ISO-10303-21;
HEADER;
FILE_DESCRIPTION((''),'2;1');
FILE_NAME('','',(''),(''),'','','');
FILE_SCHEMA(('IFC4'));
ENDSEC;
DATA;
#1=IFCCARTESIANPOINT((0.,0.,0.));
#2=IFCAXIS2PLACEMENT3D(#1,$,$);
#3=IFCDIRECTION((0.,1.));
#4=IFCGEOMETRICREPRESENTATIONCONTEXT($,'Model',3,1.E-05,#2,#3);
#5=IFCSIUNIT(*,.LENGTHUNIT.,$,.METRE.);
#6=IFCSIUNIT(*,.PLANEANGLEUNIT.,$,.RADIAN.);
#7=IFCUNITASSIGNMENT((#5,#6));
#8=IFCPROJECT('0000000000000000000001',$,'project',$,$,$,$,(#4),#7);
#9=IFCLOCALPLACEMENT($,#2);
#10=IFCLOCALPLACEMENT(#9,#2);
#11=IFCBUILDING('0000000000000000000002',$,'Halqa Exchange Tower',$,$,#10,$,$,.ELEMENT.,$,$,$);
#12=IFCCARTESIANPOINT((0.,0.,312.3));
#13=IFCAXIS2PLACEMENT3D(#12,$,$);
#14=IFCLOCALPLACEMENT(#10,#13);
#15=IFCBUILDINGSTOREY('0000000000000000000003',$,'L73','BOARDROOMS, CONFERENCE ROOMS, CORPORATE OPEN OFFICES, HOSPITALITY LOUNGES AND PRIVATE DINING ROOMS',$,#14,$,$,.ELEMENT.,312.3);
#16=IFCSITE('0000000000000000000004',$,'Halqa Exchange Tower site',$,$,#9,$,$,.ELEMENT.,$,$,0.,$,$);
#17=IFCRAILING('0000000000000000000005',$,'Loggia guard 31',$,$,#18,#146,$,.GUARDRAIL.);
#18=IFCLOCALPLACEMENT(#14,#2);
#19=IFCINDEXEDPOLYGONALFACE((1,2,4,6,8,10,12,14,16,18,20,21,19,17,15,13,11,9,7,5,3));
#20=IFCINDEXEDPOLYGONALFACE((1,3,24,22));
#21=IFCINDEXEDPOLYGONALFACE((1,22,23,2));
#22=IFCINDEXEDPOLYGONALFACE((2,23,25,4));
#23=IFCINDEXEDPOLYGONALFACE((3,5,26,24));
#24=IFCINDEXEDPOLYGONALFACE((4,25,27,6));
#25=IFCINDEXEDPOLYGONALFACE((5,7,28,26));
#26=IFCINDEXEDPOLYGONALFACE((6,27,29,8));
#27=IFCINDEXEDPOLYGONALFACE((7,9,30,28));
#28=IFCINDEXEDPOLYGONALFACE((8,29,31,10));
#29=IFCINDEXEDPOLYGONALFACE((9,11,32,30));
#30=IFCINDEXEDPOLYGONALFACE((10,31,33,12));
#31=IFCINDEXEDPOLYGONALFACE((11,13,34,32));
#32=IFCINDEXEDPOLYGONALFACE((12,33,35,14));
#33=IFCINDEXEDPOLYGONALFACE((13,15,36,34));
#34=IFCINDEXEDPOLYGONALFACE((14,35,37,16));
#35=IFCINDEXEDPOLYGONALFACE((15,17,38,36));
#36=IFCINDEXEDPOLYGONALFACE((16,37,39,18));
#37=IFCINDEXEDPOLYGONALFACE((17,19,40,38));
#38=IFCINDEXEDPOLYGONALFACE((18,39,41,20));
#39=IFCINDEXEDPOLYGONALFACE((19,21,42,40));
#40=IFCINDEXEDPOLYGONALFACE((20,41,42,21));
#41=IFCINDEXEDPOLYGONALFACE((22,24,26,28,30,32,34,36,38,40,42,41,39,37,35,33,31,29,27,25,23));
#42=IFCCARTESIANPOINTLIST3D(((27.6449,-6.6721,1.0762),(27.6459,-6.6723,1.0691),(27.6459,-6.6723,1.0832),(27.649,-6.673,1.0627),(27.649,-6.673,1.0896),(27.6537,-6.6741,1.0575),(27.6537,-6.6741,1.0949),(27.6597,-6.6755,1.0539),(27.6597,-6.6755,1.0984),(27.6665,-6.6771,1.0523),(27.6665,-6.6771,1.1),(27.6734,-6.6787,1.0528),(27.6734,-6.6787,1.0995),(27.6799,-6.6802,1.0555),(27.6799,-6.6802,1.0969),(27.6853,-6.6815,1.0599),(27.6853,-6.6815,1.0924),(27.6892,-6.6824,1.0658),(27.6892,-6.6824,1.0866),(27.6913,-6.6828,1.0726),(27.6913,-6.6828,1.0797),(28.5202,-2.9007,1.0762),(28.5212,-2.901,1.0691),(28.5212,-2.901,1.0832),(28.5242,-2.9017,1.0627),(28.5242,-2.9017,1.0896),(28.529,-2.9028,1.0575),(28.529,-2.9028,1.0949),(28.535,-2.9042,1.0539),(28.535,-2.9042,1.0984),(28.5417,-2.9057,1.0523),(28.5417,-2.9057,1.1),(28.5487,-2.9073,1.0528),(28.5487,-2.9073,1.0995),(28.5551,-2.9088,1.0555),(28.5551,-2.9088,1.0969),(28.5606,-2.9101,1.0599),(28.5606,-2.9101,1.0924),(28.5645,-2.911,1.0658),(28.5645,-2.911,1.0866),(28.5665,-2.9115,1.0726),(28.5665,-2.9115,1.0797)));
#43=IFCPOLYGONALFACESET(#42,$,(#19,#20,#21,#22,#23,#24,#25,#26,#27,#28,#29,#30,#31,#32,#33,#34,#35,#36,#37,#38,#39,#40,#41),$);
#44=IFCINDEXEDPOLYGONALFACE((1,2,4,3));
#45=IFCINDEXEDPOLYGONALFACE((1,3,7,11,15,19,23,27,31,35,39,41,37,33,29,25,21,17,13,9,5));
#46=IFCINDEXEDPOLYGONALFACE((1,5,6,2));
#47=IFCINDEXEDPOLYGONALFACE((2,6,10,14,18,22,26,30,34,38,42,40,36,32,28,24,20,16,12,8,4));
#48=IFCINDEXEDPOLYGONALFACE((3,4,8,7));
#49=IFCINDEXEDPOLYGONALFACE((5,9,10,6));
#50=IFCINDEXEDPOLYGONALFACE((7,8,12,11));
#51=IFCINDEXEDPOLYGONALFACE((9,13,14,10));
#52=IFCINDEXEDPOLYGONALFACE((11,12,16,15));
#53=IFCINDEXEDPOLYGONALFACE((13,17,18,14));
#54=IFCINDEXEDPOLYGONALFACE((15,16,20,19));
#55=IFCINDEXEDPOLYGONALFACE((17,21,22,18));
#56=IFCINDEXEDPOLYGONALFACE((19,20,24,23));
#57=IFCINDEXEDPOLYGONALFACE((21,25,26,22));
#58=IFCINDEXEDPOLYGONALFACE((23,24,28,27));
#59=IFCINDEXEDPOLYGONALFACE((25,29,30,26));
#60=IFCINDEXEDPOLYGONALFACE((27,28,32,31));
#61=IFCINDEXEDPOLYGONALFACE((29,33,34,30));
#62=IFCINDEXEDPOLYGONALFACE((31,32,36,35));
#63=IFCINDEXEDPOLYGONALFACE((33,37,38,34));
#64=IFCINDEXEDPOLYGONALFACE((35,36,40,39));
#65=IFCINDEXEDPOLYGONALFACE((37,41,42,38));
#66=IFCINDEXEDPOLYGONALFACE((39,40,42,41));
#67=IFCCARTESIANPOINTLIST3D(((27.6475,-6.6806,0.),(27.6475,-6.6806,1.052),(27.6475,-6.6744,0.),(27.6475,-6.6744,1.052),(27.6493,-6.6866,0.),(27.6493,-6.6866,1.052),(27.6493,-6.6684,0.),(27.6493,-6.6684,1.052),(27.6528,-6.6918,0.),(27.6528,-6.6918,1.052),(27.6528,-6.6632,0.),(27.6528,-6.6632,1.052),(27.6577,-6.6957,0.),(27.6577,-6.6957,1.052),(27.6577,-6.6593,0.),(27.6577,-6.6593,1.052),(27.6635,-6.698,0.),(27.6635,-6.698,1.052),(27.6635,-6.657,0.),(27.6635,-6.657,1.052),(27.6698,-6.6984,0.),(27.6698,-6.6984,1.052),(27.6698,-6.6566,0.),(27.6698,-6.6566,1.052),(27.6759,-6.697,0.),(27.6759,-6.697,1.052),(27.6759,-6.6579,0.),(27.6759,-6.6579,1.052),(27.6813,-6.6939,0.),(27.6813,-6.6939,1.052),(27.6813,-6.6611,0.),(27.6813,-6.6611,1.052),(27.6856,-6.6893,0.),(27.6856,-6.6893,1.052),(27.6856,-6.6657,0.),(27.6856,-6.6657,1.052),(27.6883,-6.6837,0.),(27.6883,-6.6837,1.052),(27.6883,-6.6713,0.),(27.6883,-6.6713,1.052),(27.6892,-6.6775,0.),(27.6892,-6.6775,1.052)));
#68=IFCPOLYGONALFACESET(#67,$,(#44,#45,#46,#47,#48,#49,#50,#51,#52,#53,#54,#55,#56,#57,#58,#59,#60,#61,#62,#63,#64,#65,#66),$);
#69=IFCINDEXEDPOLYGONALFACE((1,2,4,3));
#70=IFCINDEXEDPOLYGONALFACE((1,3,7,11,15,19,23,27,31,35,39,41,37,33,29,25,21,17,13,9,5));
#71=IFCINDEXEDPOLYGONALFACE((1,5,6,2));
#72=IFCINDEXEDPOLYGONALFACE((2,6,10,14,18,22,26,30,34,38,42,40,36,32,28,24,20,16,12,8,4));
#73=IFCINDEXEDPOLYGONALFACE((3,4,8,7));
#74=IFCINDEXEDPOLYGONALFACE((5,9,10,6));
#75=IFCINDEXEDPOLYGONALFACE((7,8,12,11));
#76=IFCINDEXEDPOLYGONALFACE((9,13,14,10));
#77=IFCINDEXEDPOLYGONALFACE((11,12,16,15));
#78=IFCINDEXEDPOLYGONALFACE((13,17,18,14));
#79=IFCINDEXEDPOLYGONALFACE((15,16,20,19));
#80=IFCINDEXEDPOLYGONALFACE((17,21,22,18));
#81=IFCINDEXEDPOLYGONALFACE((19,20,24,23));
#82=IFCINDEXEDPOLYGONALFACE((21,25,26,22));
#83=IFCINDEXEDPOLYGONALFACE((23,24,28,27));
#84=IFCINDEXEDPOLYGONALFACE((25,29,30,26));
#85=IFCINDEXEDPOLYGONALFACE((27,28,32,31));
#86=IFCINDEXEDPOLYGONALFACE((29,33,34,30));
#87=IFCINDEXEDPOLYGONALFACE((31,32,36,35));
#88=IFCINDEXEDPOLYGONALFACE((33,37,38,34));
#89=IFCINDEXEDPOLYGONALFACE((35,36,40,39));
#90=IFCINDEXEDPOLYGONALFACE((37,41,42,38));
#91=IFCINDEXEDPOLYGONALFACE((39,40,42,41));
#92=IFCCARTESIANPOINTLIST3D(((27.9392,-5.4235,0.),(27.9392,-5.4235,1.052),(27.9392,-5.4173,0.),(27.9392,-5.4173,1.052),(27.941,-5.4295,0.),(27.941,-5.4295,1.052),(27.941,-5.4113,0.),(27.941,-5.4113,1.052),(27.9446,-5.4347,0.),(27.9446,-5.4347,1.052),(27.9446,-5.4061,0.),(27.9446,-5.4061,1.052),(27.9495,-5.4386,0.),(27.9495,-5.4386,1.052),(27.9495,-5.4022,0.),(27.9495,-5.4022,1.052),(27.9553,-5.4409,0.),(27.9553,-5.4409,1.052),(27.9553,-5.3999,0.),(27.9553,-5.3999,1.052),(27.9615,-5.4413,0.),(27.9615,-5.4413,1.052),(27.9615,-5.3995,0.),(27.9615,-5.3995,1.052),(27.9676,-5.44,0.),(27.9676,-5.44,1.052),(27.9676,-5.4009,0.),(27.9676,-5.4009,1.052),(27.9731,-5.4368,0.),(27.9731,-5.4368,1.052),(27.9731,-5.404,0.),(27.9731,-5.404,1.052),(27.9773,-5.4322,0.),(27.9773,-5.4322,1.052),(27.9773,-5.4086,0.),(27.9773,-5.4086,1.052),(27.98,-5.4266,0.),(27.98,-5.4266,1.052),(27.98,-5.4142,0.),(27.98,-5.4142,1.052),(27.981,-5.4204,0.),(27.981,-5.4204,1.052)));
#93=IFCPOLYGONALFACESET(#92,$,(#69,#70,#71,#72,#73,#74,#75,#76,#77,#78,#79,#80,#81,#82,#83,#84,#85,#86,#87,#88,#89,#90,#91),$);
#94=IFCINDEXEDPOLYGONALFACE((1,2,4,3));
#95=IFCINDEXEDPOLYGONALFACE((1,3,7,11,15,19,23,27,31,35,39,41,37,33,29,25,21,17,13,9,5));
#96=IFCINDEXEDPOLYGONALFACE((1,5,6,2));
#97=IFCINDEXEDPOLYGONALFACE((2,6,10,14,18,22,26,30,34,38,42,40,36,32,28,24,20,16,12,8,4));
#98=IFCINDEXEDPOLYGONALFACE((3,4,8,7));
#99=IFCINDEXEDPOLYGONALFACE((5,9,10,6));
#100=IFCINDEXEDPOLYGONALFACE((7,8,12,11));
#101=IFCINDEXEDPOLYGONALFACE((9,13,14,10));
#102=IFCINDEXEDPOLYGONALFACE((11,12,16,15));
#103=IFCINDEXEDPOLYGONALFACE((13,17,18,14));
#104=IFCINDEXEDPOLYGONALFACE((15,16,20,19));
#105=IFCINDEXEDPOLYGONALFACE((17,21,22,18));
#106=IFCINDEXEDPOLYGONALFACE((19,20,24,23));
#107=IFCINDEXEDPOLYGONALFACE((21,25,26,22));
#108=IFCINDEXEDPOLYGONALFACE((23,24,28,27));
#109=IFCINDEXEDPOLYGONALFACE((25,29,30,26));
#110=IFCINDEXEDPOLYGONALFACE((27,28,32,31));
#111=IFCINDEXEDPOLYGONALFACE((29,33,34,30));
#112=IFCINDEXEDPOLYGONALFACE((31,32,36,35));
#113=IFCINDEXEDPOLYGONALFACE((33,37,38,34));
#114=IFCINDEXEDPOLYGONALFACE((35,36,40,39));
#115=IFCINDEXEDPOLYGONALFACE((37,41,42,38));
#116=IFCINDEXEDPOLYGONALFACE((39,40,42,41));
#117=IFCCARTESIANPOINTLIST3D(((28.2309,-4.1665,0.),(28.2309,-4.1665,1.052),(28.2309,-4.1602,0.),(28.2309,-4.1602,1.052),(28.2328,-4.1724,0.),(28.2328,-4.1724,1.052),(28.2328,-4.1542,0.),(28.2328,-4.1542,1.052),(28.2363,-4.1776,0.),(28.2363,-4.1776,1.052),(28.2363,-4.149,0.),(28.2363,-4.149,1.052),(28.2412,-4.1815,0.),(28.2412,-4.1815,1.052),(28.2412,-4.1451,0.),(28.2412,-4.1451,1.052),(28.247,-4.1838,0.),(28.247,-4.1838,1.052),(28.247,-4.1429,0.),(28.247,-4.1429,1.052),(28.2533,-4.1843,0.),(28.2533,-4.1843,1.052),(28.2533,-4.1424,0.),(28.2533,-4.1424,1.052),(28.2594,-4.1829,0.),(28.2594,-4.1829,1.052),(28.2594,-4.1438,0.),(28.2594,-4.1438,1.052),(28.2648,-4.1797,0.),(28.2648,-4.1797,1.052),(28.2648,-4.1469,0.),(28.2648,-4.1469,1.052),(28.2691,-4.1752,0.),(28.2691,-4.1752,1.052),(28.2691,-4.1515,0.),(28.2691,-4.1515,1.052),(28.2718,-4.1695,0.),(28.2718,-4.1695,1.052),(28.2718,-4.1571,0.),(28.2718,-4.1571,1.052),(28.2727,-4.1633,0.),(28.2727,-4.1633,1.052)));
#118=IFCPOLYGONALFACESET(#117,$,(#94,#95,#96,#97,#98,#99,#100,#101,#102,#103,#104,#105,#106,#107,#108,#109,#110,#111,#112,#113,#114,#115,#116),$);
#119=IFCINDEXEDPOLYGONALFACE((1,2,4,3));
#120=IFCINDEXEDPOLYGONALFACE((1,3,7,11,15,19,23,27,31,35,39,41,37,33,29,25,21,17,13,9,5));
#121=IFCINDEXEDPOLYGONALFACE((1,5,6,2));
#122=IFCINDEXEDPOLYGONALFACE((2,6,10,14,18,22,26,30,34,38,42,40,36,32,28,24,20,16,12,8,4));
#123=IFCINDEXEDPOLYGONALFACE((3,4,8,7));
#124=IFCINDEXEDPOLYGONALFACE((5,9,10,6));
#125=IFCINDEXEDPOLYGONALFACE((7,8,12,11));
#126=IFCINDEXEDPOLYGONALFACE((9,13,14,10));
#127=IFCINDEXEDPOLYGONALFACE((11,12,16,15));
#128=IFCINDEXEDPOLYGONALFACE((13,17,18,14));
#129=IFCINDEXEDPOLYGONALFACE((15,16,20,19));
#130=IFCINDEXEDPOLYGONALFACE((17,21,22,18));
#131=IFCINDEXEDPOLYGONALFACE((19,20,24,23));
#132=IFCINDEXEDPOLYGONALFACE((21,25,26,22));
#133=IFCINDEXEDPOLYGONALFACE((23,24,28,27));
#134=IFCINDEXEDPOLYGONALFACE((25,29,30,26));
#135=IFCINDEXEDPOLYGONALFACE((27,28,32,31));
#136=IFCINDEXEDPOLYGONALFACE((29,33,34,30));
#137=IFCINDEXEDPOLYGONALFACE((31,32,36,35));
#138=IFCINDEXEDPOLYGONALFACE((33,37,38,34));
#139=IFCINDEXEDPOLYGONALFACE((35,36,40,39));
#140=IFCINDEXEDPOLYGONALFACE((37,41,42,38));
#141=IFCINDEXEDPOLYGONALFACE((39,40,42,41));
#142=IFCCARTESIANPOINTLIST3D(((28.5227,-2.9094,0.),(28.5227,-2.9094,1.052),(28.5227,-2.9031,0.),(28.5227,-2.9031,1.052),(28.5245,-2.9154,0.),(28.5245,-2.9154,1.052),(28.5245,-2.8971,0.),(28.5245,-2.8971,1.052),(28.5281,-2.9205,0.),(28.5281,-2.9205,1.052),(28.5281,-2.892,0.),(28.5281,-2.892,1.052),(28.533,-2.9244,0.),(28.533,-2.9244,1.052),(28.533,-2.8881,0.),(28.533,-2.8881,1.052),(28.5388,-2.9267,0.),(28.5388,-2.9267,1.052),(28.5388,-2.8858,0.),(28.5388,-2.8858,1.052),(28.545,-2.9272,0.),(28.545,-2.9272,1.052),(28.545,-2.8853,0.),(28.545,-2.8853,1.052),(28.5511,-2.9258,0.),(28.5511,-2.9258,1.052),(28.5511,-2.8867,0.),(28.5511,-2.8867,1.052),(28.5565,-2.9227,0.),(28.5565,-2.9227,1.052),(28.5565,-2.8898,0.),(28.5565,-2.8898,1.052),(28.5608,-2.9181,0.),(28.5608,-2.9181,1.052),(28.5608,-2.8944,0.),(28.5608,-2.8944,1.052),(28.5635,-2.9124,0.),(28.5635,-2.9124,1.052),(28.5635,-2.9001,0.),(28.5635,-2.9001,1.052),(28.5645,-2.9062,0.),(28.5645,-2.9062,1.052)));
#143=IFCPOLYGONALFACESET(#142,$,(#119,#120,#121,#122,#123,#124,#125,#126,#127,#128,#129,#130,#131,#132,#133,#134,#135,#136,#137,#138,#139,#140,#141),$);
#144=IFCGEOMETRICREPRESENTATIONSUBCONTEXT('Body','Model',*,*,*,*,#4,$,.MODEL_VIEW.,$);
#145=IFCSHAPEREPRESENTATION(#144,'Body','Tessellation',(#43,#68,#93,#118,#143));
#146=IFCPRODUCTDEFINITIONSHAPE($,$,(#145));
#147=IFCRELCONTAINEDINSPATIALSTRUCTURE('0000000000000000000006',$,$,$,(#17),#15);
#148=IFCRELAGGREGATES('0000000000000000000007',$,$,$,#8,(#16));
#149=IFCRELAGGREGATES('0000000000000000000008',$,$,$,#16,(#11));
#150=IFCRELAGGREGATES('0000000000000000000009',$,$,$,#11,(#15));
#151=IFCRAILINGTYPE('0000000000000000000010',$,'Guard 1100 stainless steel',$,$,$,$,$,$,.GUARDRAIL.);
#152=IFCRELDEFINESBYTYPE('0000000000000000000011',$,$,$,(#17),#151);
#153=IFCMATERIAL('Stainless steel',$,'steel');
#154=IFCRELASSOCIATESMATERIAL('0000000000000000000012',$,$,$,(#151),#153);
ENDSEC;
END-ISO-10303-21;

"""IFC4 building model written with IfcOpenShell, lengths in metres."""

from ifc_helpers import new_model, si_unit, direction, frame, origin, origin_2d, place, context, subcontext, project, spatial, circle, extrude, material, type_object, element, save


model = new_model("IFC4")

# Units and contexts
model_context = context("Model", 3, precision=1e-05, world=origin(), true_north=direction((0.0, 1.0)))
body_context = subcontext(model_context, "Body", "Model", "MODEL_VIEW")
ifc_project = project(units=[si_unit("LENGTHUNIT", "METRE"), si_unit("PLANEANGLEUNIT", "RADIAN")], contexts=[model_context])

# Site, building, storey
site_placement = place(None, origin())
site = spatial("IfcSite", under=ifc_project, at=site_placement, Name="Halqa Exchange Tower site", CompositionType="ELEMENT", RefElevation=0.0)
building_placement = place(site_placement, origin())
building = spatial("IfcBuilding", under=site, at=building_placement, Name="Halqa Exchange Tower", CompositionType="ELEMENT")
storey_placement = place(building_placement, frame((0.0, 0.0, 312.3)))
storey = spatial("IfcBuildingStorey", under=building, at=storey_placement, Name="L73", Description="BOARDROOMS, CONFERENCE ROOMS, CORPORATE OPEN OFFICES, HOSPITALITY LOUNGES AND PRIVATE DINING ROOMS", CompositionType="ELEMENT", Elevation=312.3)

# Railing
ifc_material_1 = material(Name="Stainless steel", Category="steel")
railing_type = type_object("IfcRailingType", Name="Guard 1100 stainless steel", PredefinedType="GUARDRAIL", material=ifc_material_1)
railing_1_placement = place(storey_placement, frame((27.6682, -6.6775, 0.0)))
element("IfcRailing", 1, at=railing_1_placement, inside=storey, type_object=railing_type, Name="Loggia guard 31", PredefinedType="GUARDRAIL", context=body_context, shape_type="SweptSolid", body=[
    extrude(circle(Radius=0.0239, at=origin_2d()), frame((0.0, 0.0, 1.0762), z_axis=(0.226075, 0.97411, 0.0), x_axis=(-0.97411, 0.226075, 0.0)), (0.0, 0.0, 1.0), 3.8716),
    extrude(circle(Radius=0.021, at=origin_2d()), origin(), (0.0, 0.0, 1.0), 1.052),
    extrude(circle(Radius=0.021, at=origin_2d()), frame((0.2917, 1.2571, 0.0)), (0.0, 0.0, 1.0), 1.052),
    extrude(circle(Radius=0.021, at=origin_2d()), frame((0.5835, 2.5142, 0.0)), (0.0, 0.0, 1.0), 1.052),
    extrude(circle(Radius=0.021, at=origin_2d()), frame((0.8752, 3.7712, 0.0)), (0.0, 0.0, 1.0), 1.052),
])

save(model, "model.ifc")
